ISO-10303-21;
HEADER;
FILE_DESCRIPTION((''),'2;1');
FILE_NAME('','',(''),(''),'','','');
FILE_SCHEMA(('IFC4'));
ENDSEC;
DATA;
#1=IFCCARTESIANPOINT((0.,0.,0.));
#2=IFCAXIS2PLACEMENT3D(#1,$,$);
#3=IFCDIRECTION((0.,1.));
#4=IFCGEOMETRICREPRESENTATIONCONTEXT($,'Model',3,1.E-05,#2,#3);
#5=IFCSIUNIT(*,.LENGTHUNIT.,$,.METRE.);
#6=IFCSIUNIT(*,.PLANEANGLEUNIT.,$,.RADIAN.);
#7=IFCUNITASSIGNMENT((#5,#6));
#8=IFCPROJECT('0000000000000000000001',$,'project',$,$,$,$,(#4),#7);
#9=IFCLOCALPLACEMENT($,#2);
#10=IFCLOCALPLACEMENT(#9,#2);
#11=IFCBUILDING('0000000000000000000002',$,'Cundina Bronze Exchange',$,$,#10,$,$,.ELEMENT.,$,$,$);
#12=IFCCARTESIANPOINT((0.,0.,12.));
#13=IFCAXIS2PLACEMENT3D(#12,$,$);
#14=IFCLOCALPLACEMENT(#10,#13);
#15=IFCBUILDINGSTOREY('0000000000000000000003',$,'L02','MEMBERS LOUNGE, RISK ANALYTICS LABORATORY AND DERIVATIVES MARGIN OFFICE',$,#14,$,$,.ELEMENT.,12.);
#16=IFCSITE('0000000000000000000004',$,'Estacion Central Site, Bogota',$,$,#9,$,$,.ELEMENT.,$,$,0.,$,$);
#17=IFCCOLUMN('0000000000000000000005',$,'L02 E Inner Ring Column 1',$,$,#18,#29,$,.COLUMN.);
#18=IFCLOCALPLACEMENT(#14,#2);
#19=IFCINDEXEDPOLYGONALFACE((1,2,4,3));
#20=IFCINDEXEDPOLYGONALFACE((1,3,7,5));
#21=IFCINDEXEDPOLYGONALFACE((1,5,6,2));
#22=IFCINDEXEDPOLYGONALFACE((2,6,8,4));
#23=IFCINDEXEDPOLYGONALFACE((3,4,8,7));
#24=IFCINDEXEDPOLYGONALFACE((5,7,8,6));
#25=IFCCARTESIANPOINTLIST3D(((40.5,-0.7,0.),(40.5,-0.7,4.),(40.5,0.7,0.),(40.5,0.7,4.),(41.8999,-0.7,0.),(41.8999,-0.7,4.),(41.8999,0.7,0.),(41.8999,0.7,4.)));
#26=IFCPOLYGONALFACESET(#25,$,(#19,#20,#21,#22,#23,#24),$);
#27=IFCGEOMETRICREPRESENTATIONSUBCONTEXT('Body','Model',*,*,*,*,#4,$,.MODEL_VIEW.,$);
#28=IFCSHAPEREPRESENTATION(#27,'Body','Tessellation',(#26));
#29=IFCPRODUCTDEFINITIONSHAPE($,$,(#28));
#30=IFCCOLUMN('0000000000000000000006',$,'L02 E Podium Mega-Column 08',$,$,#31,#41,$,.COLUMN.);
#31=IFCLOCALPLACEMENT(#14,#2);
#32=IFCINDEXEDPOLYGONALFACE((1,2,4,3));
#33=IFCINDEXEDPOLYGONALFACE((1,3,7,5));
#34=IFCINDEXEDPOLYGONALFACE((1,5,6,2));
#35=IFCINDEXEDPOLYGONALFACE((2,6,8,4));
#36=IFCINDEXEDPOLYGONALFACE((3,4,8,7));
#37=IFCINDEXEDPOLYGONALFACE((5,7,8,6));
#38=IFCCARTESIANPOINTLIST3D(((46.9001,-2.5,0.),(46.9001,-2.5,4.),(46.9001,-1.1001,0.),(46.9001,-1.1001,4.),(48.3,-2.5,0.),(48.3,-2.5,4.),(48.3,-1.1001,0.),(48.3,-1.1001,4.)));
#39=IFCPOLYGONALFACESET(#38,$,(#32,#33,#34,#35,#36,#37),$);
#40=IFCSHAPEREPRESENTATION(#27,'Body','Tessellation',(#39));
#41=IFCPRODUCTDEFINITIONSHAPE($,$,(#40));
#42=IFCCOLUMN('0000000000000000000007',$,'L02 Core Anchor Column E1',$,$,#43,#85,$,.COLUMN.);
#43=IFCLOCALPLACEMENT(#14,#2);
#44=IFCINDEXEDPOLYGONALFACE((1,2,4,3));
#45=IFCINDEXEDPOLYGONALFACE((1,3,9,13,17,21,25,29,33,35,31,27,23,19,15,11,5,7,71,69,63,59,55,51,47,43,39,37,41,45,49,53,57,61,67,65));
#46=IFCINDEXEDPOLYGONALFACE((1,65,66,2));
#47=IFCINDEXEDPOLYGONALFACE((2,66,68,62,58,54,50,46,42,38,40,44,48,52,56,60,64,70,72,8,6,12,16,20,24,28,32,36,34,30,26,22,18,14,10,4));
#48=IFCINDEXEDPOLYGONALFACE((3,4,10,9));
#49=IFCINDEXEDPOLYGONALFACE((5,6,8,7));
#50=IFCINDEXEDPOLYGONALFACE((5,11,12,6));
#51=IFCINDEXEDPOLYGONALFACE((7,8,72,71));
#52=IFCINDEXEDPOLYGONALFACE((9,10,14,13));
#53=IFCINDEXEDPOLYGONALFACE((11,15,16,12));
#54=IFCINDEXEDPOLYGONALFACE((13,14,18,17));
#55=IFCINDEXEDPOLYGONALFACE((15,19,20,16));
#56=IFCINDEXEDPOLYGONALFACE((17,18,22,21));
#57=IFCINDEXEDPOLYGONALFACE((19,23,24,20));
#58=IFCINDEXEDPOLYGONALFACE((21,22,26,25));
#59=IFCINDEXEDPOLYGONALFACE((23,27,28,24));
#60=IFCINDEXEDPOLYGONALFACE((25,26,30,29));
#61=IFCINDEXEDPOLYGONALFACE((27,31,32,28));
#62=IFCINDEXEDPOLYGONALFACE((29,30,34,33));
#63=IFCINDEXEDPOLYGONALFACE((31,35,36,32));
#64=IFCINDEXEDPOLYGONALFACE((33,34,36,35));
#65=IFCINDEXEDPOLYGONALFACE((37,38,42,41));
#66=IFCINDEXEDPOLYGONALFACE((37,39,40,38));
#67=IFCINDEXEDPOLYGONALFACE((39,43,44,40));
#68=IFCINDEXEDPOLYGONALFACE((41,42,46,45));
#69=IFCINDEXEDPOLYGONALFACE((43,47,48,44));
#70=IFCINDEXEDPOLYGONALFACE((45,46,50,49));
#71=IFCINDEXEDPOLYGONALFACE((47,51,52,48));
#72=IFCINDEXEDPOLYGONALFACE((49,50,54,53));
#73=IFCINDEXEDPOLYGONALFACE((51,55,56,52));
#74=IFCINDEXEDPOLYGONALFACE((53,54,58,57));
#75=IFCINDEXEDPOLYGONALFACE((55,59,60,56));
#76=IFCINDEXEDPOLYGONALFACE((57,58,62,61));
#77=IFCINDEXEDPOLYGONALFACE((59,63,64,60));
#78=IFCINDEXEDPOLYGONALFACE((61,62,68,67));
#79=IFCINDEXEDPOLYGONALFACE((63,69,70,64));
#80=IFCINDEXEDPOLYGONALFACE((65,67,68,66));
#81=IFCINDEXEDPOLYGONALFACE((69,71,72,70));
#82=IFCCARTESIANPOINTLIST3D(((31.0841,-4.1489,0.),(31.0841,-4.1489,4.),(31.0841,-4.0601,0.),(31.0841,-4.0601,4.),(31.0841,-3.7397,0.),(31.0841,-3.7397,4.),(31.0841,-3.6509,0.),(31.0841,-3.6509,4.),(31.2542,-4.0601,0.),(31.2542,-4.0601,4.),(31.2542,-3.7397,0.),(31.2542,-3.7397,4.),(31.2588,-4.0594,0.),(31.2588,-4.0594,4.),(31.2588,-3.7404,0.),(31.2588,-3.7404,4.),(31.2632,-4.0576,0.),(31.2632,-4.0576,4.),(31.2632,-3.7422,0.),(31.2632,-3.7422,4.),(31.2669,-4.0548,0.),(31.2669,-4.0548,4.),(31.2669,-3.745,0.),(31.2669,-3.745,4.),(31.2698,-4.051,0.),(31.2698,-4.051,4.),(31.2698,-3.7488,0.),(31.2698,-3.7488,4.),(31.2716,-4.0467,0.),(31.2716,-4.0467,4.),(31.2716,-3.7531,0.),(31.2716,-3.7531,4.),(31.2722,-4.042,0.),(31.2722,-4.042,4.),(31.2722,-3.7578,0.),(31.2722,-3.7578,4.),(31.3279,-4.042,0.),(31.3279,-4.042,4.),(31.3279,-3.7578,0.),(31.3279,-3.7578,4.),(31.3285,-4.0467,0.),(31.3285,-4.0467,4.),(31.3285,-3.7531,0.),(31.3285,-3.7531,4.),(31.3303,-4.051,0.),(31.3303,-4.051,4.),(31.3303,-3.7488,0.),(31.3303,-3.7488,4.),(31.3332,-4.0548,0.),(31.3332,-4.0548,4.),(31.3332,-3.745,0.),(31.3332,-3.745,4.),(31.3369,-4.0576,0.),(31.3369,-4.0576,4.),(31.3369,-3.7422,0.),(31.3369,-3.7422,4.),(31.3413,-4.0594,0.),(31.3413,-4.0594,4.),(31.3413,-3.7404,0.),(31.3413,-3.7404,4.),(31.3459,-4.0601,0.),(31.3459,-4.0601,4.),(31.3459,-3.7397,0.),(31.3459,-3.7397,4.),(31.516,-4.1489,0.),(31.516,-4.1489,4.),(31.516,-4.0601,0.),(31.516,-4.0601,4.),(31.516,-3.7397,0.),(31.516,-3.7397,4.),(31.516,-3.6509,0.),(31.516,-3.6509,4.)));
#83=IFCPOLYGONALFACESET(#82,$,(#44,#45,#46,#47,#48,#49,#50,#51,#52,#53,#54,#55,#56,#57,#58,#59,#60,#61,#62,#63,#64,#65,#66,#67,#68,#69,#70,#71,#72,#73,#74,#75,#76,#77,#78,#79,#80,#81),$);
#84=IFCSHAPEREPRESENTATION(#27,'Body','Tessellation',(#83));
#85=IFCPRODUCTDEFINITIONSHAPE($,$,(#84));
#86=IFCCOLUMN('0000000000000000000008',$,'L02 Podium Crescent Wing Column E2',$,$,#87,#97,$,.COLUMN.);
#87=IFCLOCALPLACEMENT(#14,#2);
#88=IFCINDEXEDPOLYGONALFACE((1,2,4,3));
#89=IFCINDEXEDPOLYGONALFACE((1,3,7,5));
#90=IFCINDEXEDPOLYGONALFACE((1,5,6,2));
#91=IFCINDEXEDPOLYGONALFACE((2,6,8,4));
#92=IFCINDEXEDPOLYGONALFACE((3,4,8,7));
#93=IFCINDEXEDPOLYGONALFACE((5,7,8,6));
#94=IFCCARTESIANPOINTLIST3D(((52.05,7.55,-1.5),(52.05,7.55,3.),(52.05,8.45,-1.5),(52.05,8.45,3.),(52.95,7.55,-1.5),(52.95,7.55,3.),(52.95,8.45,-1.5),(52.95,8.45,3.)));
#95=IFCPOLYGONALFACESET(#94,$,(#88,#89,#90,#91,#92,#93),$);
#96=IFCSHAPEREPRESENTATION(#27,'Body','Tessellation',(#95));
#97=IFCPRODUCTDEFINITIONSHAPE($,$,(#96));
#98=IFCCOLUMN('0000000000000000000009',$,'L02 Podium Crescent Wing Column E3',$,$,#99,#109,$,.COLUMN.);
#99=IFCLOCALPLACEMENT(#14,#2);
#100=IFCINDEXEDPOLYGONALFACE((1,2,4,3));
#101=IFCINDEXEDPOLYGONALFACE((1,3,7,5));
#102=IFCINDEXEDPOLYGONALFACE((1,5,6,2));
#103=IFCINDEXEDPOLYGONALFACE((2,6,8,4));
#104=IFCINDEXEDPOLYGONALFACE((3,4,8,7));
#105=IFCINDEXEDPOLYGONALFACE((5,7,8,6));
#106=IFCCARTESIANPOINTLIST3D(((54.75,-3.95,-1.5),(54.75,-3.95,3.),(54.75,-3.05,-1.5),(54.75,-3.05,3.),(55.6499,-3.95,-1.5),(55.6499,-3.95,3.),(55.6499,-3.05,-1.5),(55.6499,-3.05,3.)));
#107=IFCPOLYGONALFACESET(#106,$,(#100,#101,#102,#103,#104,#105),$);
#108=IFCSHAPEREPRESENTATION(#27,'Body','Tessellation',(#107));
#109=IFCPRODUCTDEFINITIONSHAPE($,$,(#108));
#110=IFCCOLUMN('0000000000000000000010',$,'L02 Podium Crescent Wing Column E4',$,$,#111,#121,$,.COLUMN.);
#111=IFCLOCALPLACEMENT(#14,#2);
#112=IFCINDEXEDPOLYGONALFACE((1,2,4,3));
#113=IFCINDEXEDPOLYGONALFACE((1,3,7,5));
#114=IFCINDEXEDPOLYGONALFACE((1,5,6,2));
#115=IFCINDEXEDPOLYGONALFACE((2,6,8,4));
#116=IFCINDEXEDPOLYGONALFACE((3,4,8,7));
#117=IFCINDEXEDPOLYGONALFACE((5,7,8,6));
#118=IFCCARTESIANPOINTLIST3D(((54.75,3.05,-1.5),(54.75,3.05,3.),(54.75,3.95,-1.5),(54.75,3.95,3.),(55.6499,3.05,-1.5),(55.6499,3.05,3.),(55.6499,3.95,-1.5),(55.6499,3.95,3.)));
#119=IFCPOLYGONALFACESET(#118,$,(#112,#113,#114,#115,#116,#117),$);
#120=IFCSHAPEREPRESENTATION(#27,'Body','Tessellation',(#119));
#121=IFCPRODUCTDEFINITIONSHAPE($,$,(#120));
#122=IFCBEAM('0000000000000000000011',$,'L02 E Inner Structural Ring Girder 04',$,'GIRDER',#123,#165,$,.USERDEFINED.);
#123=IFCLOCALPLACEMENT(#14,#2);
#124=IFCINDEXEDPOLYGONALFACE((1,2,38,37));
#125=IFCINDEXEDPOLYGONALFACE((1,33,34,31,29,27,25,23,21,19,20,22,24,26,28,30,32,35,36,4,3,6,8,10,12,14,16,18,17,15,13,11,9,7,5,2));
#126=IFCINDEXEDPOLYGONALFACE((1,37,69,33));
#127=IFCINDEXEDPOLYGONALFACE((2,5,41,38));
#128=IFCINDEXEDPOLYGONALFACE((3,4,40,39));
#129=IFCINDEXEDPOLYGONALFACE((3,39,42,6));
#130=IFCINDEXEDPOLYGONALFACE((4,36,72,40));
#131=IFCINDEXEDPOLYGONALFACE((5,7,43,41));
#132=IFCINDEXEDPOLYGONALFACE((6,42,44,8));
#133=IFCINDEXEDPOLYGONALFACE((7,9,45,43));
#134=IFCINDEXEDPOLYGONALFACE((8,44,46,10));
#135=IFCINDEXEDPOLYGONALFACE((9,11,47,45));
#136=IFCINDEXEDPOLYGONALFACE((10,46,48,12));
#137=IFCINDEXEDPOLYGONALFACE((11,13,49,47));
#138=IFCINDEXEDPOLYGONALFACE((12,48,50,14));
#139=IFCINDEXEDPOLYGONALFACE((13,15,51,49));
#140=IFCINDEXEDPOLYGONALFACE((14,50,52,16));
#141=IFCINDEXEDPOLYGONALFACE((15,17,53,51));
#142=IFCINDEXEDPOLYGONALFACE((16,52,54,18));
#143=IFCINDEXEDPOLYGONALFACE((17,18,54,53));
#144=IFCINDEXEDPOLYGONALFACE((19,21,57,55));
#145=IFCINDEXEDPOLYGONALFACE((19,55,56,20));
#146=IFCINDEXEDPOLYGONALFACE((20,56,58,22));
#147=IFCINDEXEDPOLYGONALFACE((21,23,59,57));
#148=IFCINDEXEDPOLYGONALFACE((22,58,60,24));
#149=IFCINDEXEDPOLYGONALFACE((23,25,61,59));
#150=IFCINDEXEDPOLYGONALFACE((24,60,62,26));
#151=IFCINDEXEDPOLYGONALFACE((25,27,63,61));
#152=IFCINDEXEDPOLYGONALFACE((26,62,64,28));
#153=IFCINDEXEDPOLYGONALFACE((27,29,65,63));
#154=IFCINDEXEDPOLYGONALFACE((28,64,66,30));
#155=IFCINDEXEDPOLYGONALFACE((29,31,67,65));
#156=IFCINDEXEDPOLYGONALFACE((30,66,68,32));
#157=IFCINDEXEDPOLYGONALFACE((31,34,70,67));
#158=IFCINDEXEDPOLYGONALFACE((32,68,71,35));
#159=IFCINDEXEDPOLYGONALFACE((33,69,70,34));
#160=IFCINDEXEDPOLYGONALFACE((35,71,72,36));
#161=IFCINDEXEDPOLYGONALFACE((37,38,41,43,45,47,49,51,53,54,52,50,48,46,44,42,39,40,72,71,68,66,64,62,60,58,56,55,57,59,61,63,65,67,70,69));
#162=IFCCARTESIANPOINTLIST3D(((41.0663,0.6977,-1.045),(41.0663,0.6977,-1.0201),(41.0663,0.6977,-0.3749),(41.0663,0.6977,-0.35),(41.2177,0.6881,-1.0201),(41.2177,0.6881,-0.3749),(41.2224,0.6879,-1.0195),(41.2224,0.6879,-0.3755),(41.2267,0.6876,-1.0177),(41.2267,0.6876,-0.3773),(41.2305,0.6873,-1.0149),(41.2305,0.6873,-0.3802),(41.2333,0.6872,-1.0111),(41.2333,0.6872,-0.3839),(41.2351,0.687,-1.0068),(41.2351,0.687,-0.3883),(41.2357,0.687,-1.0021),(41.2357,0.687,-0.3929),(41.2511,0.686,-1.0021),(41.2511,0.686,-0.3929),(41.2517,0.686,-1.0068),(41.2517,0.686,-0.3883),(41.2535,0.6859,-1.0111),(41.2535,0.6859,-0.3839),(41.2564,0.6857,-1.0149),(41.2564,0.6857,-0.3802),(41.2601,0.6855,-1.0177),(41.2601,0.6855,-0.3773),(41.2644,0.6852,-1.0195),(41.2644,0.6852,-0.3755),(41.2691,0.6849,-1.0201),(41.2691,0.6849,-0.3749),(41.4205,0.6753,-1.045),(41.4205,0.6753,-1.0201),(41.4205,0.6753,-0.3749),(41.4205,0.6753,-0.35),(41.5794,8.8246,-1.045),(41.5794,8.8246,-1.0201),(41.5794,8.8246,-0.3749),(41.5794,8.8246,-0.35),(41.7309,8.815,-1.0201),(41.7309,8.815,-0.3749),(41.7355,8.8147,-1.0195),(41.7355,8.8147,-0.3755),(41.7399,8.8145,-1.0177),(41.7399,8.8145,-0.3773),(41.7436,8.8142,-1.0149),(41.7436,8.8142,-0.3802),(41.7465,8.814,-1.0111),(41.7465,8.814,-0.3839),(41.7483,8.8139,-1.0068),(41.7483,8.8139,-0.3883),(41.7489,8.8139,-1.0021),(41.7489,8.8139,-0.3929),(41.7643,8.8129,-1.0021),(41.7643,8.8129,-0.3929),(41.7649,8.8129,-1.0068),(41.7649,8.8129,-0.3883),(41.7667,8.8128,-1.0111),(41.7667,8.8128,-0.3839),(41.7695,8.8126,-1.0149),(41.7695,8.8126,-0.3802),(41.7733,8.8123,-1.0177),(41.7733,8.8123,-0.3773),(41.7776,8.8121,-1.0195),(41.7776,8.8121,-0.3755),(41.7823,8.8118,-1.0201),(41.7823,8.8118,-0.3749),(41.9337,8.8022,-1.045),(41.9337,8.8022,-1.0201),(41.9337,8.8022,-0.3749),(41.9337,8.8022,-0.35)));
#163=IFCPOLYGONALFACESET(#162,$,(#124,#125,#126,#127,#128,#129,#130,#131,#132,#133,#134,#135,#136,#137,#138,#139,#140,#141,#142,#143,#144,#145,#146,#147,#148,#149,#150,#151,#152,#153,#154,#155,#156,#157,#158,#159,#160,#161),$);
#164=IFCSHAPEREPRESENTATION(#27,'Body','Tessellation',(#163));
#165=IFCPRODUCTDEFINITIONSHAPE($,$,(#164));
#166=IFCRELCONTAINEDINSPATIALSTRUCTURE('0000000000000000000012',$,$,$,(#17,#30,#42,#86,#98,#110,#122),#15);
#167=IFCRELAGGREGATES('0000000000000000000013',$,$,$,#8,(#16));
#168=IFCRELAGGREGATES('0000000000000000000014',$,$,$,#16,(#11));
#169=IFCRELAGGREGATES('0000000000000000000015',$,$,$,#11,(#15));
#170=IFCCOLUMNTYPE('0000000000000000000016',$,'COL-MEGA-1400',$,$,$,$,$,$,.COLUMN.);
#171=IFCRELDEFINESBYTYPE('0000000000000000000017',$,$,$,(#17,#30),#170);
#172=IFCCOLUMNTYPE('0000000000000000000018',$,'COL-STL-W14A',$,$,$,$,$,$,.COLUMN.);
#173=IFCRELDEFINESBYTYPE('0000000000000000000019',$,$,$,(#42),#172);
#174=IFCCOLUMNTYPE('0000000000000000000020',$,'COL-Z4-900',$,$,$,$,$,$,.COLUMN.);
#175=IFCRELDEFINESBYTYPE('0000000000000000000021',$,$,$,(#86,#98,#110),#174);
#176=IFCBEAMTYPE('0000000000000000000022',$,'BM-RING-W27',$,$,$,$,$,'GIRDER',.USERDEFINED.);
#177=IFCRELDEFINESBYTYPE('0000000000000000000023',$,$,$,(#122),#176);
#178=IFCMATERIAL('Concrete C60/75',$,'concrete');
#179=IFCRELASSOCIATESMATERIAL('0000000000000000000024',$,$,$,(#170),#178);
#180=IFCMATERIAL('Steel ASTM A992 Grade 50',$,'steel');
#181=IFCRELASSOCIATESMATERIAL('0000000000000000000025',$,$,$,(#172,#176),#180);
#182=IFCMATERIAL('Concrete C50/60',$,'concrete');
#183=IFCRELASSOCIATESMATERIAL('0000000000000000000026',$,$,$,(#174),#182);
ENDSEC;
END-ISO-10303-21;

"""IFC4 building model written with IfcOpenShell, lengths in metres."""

from ifc_helpers import new_model, si_unit, direction, frame, origin, origin_2d, place, context, subcontext, project, spatial, rectangle, i_section, extrude, material, material_profile, profile_set, type_object, element, save


model = new_model("IFC4")

# Units and contexts
model_context = context("Model", 3, precision=1e-05, world=origin(), true_north=direction((0.0, 1.0)))
body_context = subcontext(model_context, "Body", "Model", "MODEL_VIEW")
ifc_project = project(units=[si_unit("LENGTHUNIT", "METRE"), si_unit("PLANEANGLEUNIT", "RADIAN")], contexts=[model_context])

# Site, building, storey
site_placement = place(None, origin())
site = spatial("IfcSite", under=ifc_project, at=site_placement, Name="Estacion Central Site, Bogota", CompositionType="ELEMENT", RefElevation=0.0)
building_placement = place(site_placement, origin())
building = spatial("IfcBuilding", under=site, at=building_placement, Name="Cundina Bronze Exchange", CompositionType="ELEMENT")
storey_placement = place(building_placement, frame((0.0, 0.0, 12.0)))
storey = spatial("IfcBuildingStorey", under=building, at=storey_placement, Name="L02", Description="MEMBERS LOUNGE, RISK ANALYTICS LABORATORY AND DERIVATIVES MARGIN OFFICE", CompositionType="ELEMENT", Elevation=12.0)

# Columns
ifc_material_1 = material(Name="Concrete C60/75", Category="concrete")
ifc_material_profile_1 = material_profile(ifc_material_1, rectangle(XDim=1.3999, YDim=1.3999, at=origin_2d()), Name="RC1400X1400", Category="concrete")
ifc_profile_set_1 = profile_set([ifc_material_profile_1], Name="Concrete C60/75")
column_type_1 = type_object("IfcColumnType", Name="COL-MEGA-1400", PredefinedType="COLUMN", material=ifc_profile_set_1)
for number, where, z_axis, x_axis, name in (
    (1, (41.2, 0.0, 0.0), (0.0, 0.0, 1.0), (1.0, 0.0, 0.0), "L02 E Inner Ring Column 1"),
    (2, (47.6001, -1.8, 0.0), (0.0, 0.0, 1.0), (1.0, 0.0, 0.0), "L02 E Podium Mega-Column 08"),
):
    element("IfcColumn", number, at=place(storey_placement, frame(where, z_axis=z_axis, x_axis=x_axis)), inside=storey, type_object=column_type_1, Name=name, PredefinedType="COLUMN", context=body_context, shape_type="SweptSolid", body=[
        extrude(rectangle(XDim=1.3999, YDim=1.3999, at=origin_2d()), origin(), (0.0, 0.0, 1.0), 4.0),
    ])
ifc_material_2 = material(Name="Steel ASTM A992 Grade 50", Category="steel")
ifc_material_profile_2 = material_profile(ifc_material_2, i_section(OverallWidth=0.4319, OverallDepth=0.498, WebThickness=0.0557, FlangeThickness=0.0889, FilletRadius=0.0181, at=origin_2d()), Name="W14X500", Category="steel")
ifc_profile_set_2 = profile_set([ifc_material_profile_2], Name="Steel ASTM A992 Grade 50")
column_type_2 = type_object("IfcColumnType", Name="COL-STL-W14A", PredefinedType="COLUMN", material=ifc_profile_set_2)
column_placement = place(storey_placement, frame((31.3, -3.8999, 0.0), z_axis=(0.0, 0.0, 1.0), x_axis=(1.0, 0.0, 0.0)))
element("IfcColumn", 3, at=column_placement, inside=storey, type_object=column_type_2, Name="L02 Core Anchor Column E1", PredefinedType="COLUMN", context=body_context, shape_type="SweptSolid", body=[
    extrude(i_section(OverallWidth=0.4319, OverallDepth=0.498, WebThickness=0.0557, FlangeThickness=0.0889, FilletRadius=0.0181, at=origin_2d()), origin(), (0.0, 0.0, 1.0), 4.0),
])
ifc_material_3 = material(Name="Concrete C50/60", Category="concrete")
ifc_material_profile_3 = material_profile(ifc_material_3, rectangle(XDim=0.8999, YDim=0.8999, at=origin_2d()), Name="RC900X900", Category="concrete")
ifc_profile_set_3 = profile_set([ifc_material_profile_3], Name="Concrete C50/60")
column_type_3 = type_object("IfcColumnType", Name="COL-Z4-900", PredefinedType="COLUMN", material=ifc_profile_set_3)
for number, where, z_axis, x_axis, name in (
    (4, (52.5, 8.0, -1.5), (0.0, 0.0, 1.0), (1.0, 0.0, 0.0), "L02 Podium Crescent Wing Column E2"),
    (5, (55.2, -3.5, -1.5), (0.0, 0.0, 1.0), (1.0, 0.0, 0.0), "L02 Podium Crescent Wing Column E3"),
    (6, (55.2, 3.5, -1.5), (0.0, 0.0, 1.0), (1.0, 0.0, 0.0), "L02 Podium Crescent Wing Column E4"),
):
    element("IfcColumn", number, at=place(storey_placement, frame(where, z_axis=z_axis, x_axis=x_axis)), inside=storey, type_object=column_type_3, Name=name, PredefinedType="COLUMN", context=body_context, shape_type="SweptSolid", body=[
        extrude(rectangle(XDim=0.8999, YDim=0.8999, at=origin_2d()), origin(), (0.0, 0.0, 1.0), 4.5),
    ])

# Beam
ifc_material_profile_4 = material_profile(ifc_material_2, i_section(OverallWidth=0.355, OverallDepth=0.6951, WebThickness=0.0154, FlangeThickness=0.0249, FilletRadius=0.0181, at=origin_2d()), Name="W27X146", Category="steel")
ifc_profile_set_4 = profile_set([ifc_material_profile_4], Name="Steel ASTM A992 Grade 50")
beam_type_1 = type_object("IfcBeamType", Name="BM-RING-W27", ElementType="GIRDER", PredefinedType="USERDEFINED", material=ifc_profile_set_4)
beam_1_placement = place(storey_placement, frame((41.2434, 0.6865, -0.6975), z_axis=(0.06302, 0.998012, 0.0), x_axis=(-0.998012, 0.06302, 0.0)))
element("IfcBeam", 7, at=beam_1_placement, inside=storey, type_object=beam_type_1, Name="L02 E Inner Structural Ring Girder 04", ObjectType="GIRDER", PredefinedType="USERDEFINED", context=body_context, shape_type="SweptSolid", body=[
    extrude(i_section(OverallWidth=0.355, OverallDepth=0.6951, WebThickness=0.0154, FlangeThickness=0.0249, FilletRadius=0.0181, at=origin_2d()), origin(), (0.0, 0.0, 1.0), 8.1431),
])

save(model, "model.ifc")
